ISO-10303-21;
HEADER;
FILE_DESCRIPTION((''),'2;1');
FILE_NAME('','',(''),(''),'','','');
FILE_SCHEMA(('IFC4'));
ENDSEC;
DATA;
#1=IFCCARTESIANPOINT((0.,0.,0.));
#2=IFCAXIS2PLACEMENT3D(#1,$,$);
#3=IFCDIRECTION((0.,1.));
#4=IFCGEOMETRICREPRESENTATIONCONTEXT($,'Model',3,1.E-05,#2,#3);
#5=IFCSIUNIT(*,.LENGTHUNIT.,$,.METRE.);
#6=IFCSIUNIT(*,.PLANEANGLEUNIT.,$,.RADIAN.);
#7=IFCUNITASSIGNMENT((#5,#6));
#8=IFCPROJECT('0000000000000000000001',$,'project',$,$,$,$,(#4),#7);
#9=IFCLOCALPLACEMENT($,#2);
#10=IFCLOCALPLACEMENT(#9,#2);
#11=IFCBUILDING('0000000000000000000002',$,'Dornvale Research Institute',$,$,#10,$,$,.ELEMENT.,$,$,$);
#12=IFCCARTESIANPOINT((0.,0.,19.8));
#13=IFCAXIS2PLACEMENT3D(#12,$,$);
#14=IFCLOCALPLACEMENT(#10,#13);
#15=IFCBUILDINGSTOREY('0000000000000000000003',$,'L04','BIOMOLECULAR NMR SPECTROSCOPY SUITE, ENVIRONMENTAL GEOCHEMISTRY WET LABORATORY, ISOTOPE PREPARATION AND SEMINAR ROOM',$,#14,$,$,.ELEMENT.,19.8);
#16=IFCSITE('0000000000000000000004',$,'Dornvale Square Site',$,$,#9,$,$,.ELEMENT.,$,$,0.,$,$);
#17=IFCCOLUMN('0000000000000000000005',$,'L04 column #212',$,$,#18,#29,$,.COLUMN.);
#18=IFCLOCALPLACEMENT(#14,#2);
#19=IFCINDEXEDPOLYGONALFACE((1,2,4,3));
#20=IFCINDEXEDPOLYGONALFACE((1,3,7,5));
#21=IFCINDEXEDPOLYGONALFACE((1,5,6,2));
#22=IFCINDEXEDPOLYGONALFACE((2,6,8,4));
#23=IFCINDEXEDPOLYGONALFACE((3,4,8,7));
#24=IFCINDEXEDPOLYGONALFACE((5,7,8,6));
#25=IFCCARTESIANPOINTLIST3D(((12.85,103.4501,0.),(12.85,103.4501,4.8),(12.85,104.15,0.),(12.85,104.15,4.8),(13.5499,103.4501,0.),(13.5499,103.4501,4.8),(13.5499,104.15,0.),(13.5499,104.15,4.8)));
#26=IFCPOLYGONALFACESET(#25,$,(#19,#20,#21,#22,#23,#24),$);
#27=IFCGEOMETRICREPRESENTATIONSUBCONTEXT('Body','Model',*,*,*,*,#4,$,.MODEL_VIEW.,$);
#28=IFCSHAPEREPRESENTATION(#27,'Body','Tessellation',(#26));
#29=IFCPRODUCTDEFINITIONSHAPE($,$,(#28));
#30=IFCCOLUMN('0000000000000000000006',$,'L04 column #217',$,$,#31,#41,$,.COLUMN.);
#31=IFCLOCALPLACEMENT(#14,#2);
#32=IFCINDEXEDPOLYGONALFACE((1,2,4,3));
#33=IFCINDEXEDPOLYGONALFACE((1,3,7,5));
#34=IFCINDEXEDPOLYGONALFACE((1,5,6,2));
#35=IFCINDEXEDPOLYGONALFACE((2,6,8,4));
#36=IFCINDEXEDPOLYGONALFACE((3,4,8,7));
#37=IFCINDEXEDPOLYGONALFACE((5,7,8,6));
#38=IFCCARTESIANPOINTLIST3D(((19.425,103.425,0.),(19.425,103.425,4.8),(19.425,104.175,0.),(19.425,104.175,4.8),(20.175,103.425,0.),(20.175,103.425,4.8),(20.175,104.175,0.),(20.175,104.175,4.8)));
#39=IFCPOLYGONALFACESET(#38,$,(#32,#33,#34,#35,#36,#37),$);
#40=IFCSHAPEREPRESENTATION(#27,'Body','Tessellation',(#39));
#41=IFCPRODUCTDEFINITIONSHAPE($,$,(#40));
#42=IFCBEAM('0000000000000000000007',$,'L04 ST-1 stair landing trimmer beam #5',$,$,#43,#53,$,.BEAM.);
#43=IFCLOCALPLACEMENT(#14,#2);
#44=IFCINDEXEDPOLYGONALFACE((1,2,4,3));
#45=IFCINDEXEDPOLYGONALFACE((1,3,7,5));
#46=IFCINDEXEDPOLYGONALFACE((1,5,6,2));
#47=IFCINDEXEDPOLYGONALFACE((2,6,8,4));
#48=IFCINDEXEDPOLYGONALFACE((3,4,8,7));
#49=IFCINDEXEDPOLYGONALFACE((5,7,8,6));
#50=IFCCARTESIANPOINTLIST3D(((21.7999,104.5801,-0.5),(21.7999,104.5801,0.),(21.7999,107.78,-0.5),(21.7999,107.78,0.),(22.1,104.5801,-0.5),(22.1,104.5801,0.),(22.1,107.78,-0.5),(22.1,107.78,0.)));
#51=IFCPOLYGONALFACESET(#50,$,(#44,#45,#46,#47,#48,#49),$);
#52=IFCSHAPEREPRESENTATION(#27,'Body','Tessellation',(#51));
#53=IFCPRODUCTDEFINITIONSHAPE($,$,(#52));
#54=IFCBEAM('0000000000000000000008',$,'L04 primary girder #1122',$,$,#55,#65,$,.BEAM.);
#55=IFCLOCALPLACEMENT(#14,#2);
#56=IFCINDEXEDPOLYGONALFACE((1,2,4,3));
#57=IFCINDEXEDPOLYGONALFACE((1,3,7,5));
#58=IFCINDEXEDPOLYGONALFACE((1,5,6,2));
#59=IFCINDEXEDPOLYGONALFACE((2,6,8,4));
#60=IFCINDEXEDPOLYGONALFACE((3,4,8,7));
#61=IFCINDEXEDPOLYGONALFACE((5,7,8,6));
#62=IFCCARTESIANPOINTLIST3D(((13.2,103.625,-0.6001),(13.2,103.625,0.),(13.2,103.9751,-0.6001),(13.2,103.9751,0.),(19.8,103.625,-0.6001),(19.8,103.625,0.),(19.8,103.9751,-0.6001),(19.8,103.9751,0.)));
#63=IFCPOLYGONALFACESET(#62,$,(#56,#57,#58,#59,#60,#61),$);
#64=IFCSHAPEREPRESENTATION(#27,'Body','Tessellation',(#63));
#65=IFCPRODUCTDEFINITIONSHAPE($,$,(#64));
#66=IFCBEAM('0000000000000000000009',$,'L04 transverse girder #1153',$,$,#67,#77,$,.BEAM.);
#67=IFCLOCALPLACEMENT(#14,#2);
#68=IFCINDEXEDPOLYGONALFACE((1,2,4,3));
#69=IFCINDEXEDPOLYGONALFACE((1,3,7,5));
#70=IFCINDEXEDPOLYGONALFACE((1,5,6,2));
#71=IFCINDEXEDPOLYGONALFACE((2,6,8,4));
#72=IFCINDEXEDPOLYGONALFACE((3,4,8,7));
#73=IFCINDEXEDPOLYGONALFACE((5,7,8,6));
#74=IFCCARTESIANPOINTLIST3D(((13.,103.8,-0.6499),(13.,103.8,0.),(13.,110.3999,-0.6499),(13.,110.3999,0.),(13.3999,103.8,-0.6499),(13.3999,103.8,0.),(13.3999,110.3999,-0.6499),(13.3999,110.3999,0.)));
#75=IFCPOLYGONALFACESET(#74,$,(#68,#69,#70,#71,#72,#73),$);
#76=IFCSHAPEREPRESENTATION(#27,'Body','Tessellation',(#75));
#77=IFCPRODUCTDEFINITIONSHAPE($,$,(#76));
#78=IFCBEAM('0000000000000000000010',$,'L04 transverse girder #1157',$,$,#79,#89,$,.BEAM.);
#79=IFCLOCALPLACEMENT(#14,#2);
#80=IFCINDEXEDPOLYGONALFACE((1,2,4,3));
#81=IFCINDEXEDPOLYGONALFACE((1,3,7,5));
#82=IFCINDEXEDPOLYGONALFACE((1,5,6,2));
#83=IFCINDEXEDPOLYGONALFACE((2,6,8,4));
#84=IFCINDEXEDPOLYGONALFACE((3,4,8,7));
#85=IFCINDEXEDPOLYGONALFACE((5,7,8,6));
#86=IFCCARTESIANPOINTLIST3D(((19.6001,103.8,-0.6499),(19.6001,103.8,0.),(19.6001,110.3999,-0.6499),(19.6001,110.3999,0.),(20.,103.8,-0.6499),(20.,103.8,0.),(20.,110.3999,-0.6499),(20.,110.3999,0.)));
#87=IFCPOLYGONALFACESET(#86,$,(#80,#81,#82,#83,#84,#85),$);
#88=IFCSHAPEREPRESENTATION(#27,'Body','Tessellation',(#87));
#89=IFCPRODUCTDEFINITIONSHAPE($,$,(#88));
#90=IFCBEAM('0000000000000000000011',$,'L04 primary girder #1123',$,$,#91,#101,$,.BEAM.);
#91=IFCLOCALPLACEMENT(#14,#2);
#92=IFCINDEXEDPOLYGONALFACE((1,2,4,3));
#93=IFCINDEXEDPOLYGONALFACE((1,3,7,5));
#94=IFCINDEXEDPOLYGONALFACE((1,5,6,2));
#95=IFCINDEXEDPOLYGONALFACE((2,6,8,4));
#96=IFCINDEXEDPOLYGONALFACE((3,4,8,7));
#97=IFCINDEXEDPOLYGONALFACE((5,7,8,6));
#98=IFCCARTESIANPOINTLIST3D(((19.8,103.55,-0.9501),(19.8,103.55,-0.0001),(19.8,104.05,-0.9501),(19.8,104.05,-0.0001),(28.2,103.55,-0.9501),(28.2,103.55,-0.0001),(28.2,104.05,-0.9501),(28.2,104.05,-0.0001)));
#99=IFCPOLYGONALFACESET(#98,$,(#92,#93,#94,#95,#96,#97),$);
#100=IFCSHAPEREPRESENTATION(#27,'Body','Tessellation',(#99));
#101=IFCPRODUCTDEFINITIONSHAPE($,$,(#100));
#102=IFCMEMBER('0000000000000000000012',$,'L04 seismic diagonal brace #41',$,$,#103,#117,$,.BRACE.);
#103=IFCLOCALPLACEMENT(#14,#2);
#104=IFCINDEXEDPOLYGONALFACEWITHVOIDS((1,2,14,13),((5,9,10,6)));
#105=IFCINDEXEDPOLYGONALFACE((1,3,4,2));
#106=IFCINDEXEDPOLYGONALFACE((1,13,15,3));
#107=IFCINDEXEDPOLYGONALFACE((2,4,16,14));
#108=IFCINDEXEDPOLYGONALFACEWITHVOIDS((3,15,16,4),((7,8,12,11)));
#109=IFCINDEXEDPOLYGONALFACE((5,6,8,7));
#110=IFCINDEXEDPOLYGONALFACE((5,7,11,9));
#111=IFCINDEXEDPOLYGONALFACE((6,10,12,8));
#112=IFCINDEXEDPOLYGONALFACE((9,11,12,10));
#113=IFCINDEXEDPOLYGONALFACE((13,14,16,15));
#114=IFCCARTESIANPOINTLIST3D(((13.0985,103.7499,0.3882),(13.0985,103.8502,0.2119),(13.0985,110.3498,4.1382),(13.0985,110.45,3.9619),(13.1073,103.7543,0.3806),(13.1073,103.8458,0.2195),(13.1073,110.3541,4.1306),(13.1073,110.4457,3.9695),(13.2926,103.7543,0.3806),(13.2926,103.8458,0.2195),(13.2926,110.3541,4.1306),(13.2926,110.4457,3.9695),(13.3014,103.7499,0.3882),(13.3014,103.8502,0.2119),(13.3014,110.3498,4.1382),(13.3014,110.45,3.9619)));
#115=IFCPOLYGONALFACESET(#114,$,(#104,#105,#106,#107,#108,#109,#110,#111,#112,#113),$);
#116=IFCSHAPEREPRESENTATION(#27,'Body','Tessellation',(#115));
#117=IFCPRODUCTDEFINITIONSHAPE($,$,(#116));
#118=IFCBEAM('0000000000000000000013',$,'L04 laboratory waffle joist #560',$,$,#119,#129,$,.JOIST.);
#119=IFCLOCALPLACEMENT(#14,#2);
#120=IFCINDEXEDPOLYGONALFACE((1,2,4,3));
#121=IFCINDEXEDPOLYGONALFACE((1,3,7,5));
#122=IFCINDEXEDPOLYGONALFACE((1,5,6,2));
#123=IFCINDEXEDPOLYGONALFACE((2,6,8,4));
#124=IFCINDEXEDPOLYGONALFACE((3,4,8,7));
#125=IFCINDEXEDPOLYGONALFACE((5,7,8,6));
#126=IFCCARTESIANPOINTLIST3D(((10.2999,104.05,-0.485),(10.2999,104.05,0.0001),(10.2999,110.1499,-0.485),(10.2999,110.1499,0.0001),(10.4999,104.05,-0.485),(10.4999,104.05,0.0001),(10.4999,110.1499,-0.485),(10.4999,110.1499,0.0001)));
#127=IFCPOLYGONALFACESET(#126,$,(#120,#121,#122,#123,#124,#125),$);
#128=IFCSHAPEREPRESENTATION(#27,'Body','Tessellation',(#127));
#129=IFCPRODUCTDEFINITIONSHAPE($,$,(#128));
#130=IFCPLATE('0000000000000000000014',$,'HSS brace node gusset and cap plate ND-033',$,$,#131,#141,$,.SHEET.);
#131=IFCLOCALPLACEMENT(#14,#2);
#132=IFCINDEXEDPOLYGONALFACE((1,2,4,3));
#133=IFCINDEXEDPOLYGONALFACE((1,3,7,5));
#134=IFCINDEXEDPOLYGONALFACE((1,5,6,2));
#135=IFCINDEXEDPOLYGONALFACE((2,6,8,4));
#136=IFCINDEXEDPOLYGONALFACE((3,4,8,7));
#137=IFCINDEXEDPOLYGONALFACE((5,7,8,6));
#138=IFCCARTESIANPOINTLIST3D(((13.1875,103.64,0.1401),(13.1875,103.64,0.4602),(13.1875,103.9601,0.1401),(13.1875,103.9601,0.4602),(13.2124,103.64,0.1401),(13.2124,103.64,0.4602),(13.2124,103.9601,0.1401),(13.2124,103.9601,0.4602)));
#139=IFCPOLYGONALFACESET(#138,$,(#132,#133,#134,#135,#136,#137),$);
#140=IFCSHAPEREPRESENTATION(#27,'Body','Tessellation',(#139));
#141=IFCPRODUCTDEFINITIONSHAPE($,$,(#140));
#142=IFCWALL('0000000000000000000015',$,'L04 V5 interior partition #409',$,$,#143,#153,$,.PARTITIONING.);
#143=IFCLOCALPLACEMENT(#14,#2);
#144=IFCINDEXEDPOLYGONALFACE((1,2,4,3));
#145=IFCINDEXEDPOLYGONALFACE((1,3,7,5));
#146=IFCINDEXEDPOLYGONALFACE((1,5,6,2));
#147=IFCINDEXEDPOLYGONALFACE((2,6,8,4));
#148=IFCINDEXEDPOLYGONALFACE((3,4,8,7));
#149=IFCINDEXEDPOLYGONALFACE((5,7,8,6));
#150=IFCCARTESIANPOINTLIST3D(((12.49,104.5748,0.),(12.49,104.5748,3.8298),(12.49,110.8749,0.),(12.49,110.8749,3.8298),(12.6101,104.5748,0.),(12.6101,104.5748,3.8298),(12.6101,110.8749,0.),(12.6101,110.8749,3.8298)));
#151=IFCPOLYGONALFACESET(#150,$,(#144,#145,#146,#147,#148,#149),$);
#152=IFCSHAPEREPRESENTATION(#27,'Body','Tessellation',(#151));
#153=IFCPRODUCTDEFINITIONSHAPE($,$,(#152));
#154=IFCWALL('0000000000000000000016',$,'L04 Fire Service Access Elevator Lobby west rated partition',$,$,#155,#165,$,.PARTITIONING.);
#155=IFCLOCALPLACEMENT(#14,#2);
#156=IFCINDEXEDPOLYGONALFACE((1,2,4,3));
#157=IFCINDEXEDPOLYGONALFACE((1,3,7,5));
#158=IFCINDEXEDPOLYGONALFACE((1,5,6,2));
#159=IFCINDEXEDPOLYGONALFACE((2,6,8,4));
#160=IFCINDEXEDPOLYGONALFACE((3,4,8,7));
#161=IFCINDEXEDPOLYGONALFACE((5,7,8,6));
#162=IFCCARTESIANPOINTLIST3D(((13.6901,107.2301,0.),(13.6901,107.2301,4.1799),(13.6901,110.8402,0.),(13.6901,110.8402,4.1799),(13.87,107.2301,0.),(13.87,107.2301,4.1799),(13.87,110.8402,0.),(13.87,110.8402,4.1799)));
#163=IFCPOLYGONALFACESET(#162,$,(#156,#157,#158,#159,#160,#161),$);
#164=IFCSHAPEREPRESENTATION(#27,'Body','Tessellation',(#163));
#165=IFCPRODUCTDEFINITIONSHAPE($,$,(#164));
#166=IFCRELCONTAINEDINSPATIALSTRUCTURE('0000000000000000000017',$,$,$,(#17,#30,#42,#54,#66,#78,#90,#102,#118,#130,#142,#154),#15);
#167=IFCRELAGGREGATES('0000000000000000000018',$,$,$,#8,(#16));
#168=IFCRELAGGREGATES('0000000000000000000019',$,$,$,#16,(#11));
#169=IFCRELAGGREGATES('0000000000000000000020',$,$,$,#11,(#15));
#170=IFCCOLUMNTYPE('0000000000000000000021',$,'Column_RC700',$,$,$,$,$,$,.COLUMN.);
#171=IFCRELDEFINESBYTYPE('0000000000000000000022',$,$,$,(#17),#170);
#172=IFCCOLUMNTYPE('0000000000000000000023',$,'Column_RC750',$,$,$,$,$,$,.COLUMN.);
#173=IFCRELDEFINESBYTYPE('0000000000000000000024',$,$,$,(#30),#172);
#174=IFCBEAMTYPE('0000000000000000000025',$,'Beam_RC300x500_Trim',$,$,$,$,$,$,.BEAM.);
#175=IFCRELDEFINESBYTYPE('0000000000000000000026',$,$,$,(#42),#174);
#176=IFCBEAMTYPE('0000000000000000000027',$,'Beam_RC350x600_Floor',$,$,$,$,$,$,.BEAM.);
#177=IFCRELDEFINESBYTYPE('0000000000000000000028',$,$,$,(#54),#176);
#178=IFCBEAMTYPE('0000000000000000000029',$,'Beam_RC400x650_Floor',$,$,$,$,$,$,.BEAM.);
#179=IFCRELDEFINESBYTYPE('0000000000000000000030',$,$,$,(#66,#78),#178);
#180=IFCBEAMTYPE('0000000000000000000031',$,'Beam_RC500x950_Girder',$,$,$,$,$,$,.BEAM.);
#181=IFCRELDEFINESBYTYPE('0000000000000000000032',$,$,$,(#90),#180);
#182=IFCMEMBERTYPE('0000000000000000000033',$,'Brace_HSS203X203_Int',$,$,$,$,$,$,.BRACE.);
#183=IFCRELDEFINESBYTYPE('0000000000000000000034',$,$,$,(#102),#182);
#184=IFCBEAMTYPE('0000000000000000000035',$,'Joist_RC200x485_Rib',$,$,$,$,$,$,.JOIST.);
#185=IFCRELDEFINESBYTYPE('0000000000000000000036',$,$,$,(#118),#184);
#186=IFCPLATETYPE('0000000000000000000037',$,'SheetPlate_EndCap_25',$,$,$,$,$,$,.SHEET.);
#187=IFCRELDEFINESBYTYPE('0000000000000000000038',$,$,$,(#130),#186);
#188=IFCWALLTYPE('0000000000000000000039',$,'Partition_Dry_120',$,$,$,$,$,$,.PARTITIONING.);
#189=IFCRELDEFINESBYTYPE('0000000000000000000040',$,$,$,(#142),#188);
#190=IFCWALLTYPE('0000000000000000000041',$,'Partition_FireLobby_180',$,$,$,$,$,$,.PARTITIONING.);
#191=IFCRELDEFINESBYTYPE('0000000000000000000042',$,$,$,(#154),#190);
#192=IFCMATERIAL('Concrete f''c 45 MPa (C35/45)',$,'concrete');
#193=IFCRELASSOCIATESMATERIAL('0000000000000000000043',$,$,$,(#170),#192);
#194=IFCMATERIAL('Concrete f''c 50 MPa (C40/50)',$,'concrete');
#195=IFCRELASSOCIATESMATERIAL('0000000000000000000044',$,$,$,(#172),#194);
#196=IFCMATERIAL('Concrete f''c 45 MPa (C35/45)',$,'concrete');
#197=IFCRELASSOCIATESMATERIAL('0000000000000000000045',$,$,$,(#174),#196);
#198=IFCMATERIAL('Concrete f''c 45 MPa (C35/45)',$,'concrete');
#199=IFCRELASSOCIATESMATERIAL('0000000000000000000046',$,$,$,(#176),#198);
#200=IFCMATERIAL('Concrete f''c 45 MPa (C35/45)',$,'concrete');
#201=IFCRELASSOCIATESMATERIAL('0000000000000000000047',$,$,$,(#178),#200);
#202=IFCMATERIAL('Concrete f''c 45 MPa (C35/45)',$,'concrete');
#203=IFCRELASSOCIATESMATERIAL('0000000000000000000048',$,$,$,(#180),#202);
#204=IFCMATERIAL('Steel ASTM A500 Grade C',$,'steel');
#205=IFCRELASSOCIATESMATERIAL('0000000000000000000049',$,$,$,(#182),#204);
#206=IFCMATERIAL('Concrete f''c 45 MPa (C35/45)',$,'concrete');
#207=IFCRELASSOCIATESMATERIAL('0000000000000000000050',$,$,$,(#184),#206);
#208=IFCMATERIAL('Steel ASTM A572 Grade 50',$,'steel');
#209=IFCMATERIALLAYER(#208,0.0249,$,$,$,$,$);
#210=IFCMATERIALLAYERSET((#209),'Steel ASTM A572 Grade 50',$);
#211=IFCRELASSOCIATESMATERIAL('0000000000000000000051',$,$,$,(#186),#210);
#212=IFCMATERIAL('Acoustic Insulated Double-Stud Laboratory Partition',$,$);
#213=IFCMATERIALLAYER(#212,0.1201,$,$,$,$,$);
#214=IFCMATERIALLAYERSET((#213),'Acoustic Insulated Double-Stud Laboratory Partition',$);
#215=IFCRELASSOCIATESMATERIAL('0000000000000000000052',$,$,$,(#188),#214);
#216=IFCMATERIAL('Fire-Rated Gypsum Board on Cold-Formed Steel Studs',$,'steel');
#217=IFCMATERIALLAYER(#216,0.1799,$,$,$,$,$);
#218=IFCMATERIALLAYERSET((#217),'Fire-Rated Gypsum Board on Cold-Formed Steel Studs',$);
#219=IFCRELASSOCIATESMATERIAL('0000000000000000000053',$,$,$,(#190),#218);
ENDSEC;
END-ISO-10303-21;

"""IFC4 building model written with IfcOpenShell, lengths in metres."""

from ifc_helpers import new_model, si_unit, direction, frame, frame_2d, origin, origin_2d, place, context, subcontext, project, spatial, rectangle, hollow_rectangle, extrude, material, layer, layer_set, material_profile, profile_set, type_object, element, save


model = new_model("IFC4")

# Units and contexts
model_context = context("Model", 3, precision=1e-05, world=origin(), true_north=direction((0.0, 1.0)))
body_context = subcontext(model_context, "Body", "Model", "MODEL_VIEW")
ifc_project = project(units=[si_unit("LENGTHUNIT", "METRE"), si_unit("PLANEANGLEUNIT", "RADIAN")], contexts=[model_context])

# Site, building, storey
site_placement = place(None, origin())
site = spatial("IfcSite", under=ifc_project, at=site_placement, Name="Dornvale Square Site", CompositionType="ELEMENT", RefElevation=0.0)
building_placement = place(site_placement, origin())
building = spatial("IfcBuilding", under=site, at=building_placement, Name="Dornvale Research Institute", CompositionType="ELEMENT")
storey_placement = place(building_placement, frame((0.0, 0.0, 19.8)))
storey = spatial("IfcBuildingStorey", under=building, at=storey_placement, Name="L04", Description="BIOMOLECULAR NMR SPECTROSCOPY SUITE, ENVIRONMENTAL GEOCHEMISTRY WET LABORATORY, ISOTOPE PREPARATION AND SEMINAR ROOM", CompositionType="ELEMENT", Elevation=19.8)

# Columns
ifc_material_1 = material(Name="Concrete f'c 45 MPa (C35/45)", Category="concrete")
ifc_material_profile_1 = material_profile(ifc_material_1, rectangle(XDim=0.7, YDim=0.7, at=origin_2d()), Name="RC 700x700")
ifc_profile_set_1 = profile_set([ifc_material_profile_1], Name="Concrete f'c 45 MPa (C35/45)")
column_type_1 = type_object("IfcColumnType", Name="Column_RC700", PredefinedType="COLUMN", material=ifc_profile_set_1)
column_1_placement = place(storey_placement, frame((13.2, 103.8, 0.0), z_axis=(0.0, 0.0, 1.0), x_axis=(1.0, 0.0, 0.0)))
element("IfcColumn", 1, at=column_1_placement, inside=storey, type_object=column_type_1, Name="L04 column #212", PredefinedType="COLUMN", context=body_context, shape_type="SweptSolid", body=[
    extrude(rectangle(XDim=0.7, YDim=0.7, at=origin_2d()), origin(), (0.0, 0.0, 1.0), 4.8),
])
ifc_material_2 = material(Name="Concrete f'c 50 MPa (C40/50)", Category="concrete")
ifc_material_profile_2 = material_profile(ifc_material_2, rectangle(XDim=0.75, YDim=0.75, at=origin_2d()), Name="RC 750x750")
ifc_profile_set_2 = profile_set([ifc_material_profile_2], Name="Concrete f'c 50 MPa (C40/50)")
column_type_2 = type_object("IfcColumnType", Name="Column_RC750", PredefinedType="COLUMN", material=ifc_profile_set_2)
column_2_placement = place(storey_placement, frame((19.8, 103.8, 0.0), z_axis=(0.0, 0.0, 1.0), x_axis=(1.0, 0.0, 0.0)))
element("IfcColumn", 2, at=column_2_placement, inside=storey, type_object=column_type_2, Name="L04 column #217", PredefinedType="COLUMN", context=body_context, shape_type="SweptSolid", body=[
    extrude(rectangle(XDim=0.75, YDim=0.75, at=origin_2d()), origin(), (0.0, 0.0, 1.0), 4.8),
])

# Beams
ifc_material_3 = material(Name="Concrete f'c 45 MPa (C35/45)", Category="concrete")
ifc_material_profile_3 = material_profile(ifc_material_3, rectangle(XDim=0.3, YDim=0.5, at=origin_2d()), Name="RC 300x500")
ifc_profile_set_3 = profile_set([ifc_material_profile_3], Name="Concrete f'c 45 MPa (C35/45)")
beam_type_1 = type_object("IfcBeamType", Name="Beam_RC300x500_Trim", PredefinedType="BEAM", material=ifc_profile_set_3)
beam_1_placement = place(storey_placement, frame((21.95, 104.5801, -0.25), z_axis=(0.0, 1.0, 0.0), x_axis=(-1.0, 0.0, 0.0)))
element("IfcBeam", 3, at=beam_1_placement, inside=storey, type_object=beam_type_1, Name="L04 ST-1 stair landing trimmer beam #5", PredefinedType="BEAM", context=body_context, shape_type="SweptSolid", body=[
    extrude(rectangle(XDim=0.3, YDim=0.5, at=origin_2d()), origin(), (0.0, 0.0, 1.0), 3.2),
])
ifc_material_4 = material(Name="Concrete f'c 45 MPa (C35/45)", Category="concrete")
ifc_material_profile_4 = material_profile(ifc_material_4, rectangle(XDim=0.3501, YDim=0.6001, at=origin_2d()), Name="RC 350x600")
ifc_profile_set_4 = profile_set([ifc_material_profile_4], Name="Concrete f'c 45 MPa (C35/45)")
beam_type_2 = type_object("IfcBeamType", Name="Beam_RC350x600_Floor", PredefinedType="BEAM", material=ifc_profile_set_4)
beam_2_placement = place(storey_placement, frame((13.2, 103.8, -0.3), z_axis=(1.0, 0.0, 0.0), x_axis=(0.0, 1.0, 0.0)))
element("IfcBeam", 4, at=beam_2_placement, inside=storey, type_object=beam_type_2, Name="L04 primary girder #1122", PredefinedType="BEAM", context=body_context, shape_type="SweptSolid", body=[
    extrude(rectangle(XDim=0.3501, YDim=0.6001, at=origin_2d()), origin(), (0.0, 0.0, 1.0), 6.6001),
])
ifc_material_5 = material(Name="Concrete f'c 45 MPa (C35/45)", Category="concrete")
ifc_material_profile_5 = material_profile(ifc_material_5, rectangle(XDim=0.3999, YDim=0.6499, at=origin_2d()), Name="RC 400x650")
ifc_profile_set_5 = profile_set([ifc_material_profile_5], Name="Concrete f'c 45 MPa (C35/45)")
beam_type_3 = type_object("IfcBeamType", Name="Beam_RC400x650_Floor", PredefinedType="BEAM", material=ifc_profile_set_5)
for number, where, z_axis, x_axis, name in (
    (5, (13.2, 103.8, -0.325), (0.0, 1.0, 0.0), (-1.0, 0.0, 0.0), "L04 transverse girder #1153"),
    (6, (19.8, 103.8, -0.325), (0.0, 1.0, 0.0), (-1.0, 0.0, 0.0), "L04 transverse girder #1157"),
):
    element("IfcBeam", number, at=place(storey_placement, frame(where, z_axis=z_axis, x_axis=x_axis)), inside=storey, type_object=beam_type_3, Name=name, PredefinedType="BEAM", context=body_context, shape_type="SweptSolid", body=[
        extrude(rectangle(XDim=0.3999, YDim=0.6499, at=origin_2d()), origin(), (0.0, 0.0, 1.0), 6.5999),
    ])
ifc_material_6 = material(Name="Concrete f'c 45 MPa (C35/45)", Category="concrete")
ifc_material_profile_6 = material_profile(ifc_material_6, rectangle(XDim=0.5, YDim=0.95, at=origin_2d()), Name="RC 500x950")
ifc_profile_set_6 = profile_set([ifc_material_profile_6], Name="Concrete f'c 45 MPa (C35/45)")
beam_type_4 = type_object("IfcBeamType", Name="Beam_RC500x950_Girder", PredefinedType="BEAM", material=ifc_profile_set_6)
beam_3_placement = place(storey_placement, frame((19.8, 103.8, -0.4751), z_axis=(1.0, 0.0, 0.0), x_axis=(0.0, 1.0, 0.0)))
element("IfcBeam", 7, at=beam_3_placement, inside=storey, type_object=beam_type_4, Name="L04 primary girder #1123", PredefinedType="BEAM", context=body_context, shape_type="SweptSolid", body=[
    extrude(rectangle(XDim=0.5, YDim=0.95, at=origin_2d()), origin(), (0.0, 0.0, 1.0), 8.3999),
])

# Member
ifc_material_7 = material(Name="Steel ASTM A500 Grade C", Category="steel")
ifc_material_profile_7 = material_profile(ifc_material_7, hollow_rectangle(XDim=0.2029, YDim=0.2029, WallThickness=0.0088, at=origin_2d()), Name="HSS203X203X9.5")
ifc_profile_set_7 = profile_set([ifc_material_profile_7], Name="Steel ASTM A500 Grade C")
member_type = type_object("IfcMemberType", Name="Brace_HSS203X203_Int", PredefinedType="BRACE", material=ifc_profile_set_7)
member_placement = place(storey_placement, frame((13.2, 103.8, 0.3), z_axis=(0.0, 0.869452, 0.494018), x_axis=(-1.0, 0.0, 0.0)))
element("IfcMember", 8, at=member_placement, inside=storey, type_object=member_type, Name="L04 seismic diagonal brace #41", PredefinedType="BRACE", context=body_context, shape_type="SweptSolid", body=[
    extrude(hollow_rectangle(XDim=0.2029, YDim=0.2029, WallThickness=0.0088, at=origin_2d()), origin(), (0.0, 0.0, 1.0), 7.5908),
])

# Beam
ifc_material_8 = material(Name="Concrete f'c 45 MPa (C35/45)", Category="concrete")
ifc_material_profile_8 = material_profile(ifc_material_8, rectangle(XDim=0.2, YDim=0.4851, at=origin_2d()), Name="RC 200x485")
ifc_profile_set_8 = profile_set([ifc_material_profile_8], Name="Concrete f'c 45 MPa (C35/45)")
beam_type_5 = type_object("IfcBeamType", Name="Joist_RC200x485_Rib", PredefinedType="JOIST", material=ifc_profile_set_8)
beam_4_placement = place(storey_placement, frame((10.3999, 104.05, -0.2424), z_axis=(0.0, 1.0, 0.0), x_axis=(-1.0, 0.0, 0.0)))
element("IfcBeam", 9, at=beam_4_placement, inside=storey, type_object=beam_type_5, Name="L04 laboratory waffle joist #560", PredefinedType="JOIST", context=body_context, shape_type="SweptSolid", body=[
    extrude(rectangle(XDim=0.2, YDim=0.4851, at=origin_2d()), origin(), (0.0, 0.0, 1.0), 6.0999),
])

# Plate
ifc_material_9 = material(Name="Steel ASTM A572 Grade 50", Category="steel")
ifc_layer_1 = layer(ifc_material_9, 0.0249)
ifc_layer_set_1 = layer_set([ifc_layer_1], Name="Steel ASTM A572 Grade 50")
plate_type = type_object("IfcPlateType", Name="SheetPlate_EndCap_25", PredefinedType="SHEET", material=ifc_layer_set_1)
plate_placement = place(storey_placement, frame((13.2, 103.8, 0.1401), z_axis=(0.0, 0.0, 1.0), x_axis=(0.0, 1.0, 0.0)))
element("IfcPlate", 10, at=plate_placement, inside=storey, type_object=plate_type, Name="HSS brace node gusset and cap plate ND-033", PredefinedType="SHEET", context=body_context, shape_type="SweptSolid", body=[
    extrude(rectangle(XDim=0.3201, YDim=0.0249, at=origin_2d()), origin(), (0.0, 0.0, 1.0), 0.3201),
])

# Walls
ifc_material_10 = material(Name="Acoustic Insulated Double-Stud Laboratory Partition")
ifc_layer_2 = layer(ifc_material_10, 0.1201)
ifc_layer_set_2 = layer_set([ifc_layer_2], Name="Acoustic Insulated Double-Stud Laboratory Partition")
wall_type_1 = type_object("IfcWallType", Name="Partition_Dry_120", PredefinedType="PARTITIONING", material=ifc_layer_set_2)
wall_1_placement = place(storey_placement, frame((12.55, 104.575, 0.0), z_axis=(0.0, 0.0, 1.0), x_axis=(0.0, 1.0, 0.0)))
element("IfcWall", 11, at=wall_1_placement, inside=storey, type_object=wall_type_1, Name="L04 V5 interior partition #409", PredefinedType="PARTITIONING", context=body_context, shape_type="SweptSolid", body=[
    extrude(rectangle(XDim=6.3, YDim=0.1201, at=frame_2d((3.1499, 0.0))), origin(), (0.0, 0.0, 1.0), 3.8298),
])
ifc_material_11 = material(Name="Fire-Rated Gypsum Board on Cold-Formed Steel Studs", Category="steel")
ifc_layer_3 = layer(ifc_material_11, 0.1799)
ifc_layer_set_3 = layer_set([ifc_layer_3], Name="Fire-Rated Gypsum Board on Cold-Formed Steel Studs")
wall_type_2 = type_object("IfcWallType", Name="Partition_FireLobby_180", PredefinedType="PARTITIONING", material=ifc_layer_set_3)
wall_2_placement = place(storey_placement, frame((13.78, 107.23, 0.0), z_axis=(0.0, 0.0, 1.0), x_axis=(0.0, 1.0, 0.0)))
element("IfcWall", 12, at=wall_2_placement, inside=storey, type_object=wall_type_2, Name="L04 Fire Service Access Elevator Lobby west rated partition", PredefinedType="PARTITIONING", context=body_context, shape_type="SweptSolid", body=[
    extrude(rectangle(XDim=3.6101, YDim=0.1799, at=frame_2d((1.8052, 0.0))), origin(), (0.0, 0.0, 1.0), 4.1799),
])

save(model, "model.ifc")
